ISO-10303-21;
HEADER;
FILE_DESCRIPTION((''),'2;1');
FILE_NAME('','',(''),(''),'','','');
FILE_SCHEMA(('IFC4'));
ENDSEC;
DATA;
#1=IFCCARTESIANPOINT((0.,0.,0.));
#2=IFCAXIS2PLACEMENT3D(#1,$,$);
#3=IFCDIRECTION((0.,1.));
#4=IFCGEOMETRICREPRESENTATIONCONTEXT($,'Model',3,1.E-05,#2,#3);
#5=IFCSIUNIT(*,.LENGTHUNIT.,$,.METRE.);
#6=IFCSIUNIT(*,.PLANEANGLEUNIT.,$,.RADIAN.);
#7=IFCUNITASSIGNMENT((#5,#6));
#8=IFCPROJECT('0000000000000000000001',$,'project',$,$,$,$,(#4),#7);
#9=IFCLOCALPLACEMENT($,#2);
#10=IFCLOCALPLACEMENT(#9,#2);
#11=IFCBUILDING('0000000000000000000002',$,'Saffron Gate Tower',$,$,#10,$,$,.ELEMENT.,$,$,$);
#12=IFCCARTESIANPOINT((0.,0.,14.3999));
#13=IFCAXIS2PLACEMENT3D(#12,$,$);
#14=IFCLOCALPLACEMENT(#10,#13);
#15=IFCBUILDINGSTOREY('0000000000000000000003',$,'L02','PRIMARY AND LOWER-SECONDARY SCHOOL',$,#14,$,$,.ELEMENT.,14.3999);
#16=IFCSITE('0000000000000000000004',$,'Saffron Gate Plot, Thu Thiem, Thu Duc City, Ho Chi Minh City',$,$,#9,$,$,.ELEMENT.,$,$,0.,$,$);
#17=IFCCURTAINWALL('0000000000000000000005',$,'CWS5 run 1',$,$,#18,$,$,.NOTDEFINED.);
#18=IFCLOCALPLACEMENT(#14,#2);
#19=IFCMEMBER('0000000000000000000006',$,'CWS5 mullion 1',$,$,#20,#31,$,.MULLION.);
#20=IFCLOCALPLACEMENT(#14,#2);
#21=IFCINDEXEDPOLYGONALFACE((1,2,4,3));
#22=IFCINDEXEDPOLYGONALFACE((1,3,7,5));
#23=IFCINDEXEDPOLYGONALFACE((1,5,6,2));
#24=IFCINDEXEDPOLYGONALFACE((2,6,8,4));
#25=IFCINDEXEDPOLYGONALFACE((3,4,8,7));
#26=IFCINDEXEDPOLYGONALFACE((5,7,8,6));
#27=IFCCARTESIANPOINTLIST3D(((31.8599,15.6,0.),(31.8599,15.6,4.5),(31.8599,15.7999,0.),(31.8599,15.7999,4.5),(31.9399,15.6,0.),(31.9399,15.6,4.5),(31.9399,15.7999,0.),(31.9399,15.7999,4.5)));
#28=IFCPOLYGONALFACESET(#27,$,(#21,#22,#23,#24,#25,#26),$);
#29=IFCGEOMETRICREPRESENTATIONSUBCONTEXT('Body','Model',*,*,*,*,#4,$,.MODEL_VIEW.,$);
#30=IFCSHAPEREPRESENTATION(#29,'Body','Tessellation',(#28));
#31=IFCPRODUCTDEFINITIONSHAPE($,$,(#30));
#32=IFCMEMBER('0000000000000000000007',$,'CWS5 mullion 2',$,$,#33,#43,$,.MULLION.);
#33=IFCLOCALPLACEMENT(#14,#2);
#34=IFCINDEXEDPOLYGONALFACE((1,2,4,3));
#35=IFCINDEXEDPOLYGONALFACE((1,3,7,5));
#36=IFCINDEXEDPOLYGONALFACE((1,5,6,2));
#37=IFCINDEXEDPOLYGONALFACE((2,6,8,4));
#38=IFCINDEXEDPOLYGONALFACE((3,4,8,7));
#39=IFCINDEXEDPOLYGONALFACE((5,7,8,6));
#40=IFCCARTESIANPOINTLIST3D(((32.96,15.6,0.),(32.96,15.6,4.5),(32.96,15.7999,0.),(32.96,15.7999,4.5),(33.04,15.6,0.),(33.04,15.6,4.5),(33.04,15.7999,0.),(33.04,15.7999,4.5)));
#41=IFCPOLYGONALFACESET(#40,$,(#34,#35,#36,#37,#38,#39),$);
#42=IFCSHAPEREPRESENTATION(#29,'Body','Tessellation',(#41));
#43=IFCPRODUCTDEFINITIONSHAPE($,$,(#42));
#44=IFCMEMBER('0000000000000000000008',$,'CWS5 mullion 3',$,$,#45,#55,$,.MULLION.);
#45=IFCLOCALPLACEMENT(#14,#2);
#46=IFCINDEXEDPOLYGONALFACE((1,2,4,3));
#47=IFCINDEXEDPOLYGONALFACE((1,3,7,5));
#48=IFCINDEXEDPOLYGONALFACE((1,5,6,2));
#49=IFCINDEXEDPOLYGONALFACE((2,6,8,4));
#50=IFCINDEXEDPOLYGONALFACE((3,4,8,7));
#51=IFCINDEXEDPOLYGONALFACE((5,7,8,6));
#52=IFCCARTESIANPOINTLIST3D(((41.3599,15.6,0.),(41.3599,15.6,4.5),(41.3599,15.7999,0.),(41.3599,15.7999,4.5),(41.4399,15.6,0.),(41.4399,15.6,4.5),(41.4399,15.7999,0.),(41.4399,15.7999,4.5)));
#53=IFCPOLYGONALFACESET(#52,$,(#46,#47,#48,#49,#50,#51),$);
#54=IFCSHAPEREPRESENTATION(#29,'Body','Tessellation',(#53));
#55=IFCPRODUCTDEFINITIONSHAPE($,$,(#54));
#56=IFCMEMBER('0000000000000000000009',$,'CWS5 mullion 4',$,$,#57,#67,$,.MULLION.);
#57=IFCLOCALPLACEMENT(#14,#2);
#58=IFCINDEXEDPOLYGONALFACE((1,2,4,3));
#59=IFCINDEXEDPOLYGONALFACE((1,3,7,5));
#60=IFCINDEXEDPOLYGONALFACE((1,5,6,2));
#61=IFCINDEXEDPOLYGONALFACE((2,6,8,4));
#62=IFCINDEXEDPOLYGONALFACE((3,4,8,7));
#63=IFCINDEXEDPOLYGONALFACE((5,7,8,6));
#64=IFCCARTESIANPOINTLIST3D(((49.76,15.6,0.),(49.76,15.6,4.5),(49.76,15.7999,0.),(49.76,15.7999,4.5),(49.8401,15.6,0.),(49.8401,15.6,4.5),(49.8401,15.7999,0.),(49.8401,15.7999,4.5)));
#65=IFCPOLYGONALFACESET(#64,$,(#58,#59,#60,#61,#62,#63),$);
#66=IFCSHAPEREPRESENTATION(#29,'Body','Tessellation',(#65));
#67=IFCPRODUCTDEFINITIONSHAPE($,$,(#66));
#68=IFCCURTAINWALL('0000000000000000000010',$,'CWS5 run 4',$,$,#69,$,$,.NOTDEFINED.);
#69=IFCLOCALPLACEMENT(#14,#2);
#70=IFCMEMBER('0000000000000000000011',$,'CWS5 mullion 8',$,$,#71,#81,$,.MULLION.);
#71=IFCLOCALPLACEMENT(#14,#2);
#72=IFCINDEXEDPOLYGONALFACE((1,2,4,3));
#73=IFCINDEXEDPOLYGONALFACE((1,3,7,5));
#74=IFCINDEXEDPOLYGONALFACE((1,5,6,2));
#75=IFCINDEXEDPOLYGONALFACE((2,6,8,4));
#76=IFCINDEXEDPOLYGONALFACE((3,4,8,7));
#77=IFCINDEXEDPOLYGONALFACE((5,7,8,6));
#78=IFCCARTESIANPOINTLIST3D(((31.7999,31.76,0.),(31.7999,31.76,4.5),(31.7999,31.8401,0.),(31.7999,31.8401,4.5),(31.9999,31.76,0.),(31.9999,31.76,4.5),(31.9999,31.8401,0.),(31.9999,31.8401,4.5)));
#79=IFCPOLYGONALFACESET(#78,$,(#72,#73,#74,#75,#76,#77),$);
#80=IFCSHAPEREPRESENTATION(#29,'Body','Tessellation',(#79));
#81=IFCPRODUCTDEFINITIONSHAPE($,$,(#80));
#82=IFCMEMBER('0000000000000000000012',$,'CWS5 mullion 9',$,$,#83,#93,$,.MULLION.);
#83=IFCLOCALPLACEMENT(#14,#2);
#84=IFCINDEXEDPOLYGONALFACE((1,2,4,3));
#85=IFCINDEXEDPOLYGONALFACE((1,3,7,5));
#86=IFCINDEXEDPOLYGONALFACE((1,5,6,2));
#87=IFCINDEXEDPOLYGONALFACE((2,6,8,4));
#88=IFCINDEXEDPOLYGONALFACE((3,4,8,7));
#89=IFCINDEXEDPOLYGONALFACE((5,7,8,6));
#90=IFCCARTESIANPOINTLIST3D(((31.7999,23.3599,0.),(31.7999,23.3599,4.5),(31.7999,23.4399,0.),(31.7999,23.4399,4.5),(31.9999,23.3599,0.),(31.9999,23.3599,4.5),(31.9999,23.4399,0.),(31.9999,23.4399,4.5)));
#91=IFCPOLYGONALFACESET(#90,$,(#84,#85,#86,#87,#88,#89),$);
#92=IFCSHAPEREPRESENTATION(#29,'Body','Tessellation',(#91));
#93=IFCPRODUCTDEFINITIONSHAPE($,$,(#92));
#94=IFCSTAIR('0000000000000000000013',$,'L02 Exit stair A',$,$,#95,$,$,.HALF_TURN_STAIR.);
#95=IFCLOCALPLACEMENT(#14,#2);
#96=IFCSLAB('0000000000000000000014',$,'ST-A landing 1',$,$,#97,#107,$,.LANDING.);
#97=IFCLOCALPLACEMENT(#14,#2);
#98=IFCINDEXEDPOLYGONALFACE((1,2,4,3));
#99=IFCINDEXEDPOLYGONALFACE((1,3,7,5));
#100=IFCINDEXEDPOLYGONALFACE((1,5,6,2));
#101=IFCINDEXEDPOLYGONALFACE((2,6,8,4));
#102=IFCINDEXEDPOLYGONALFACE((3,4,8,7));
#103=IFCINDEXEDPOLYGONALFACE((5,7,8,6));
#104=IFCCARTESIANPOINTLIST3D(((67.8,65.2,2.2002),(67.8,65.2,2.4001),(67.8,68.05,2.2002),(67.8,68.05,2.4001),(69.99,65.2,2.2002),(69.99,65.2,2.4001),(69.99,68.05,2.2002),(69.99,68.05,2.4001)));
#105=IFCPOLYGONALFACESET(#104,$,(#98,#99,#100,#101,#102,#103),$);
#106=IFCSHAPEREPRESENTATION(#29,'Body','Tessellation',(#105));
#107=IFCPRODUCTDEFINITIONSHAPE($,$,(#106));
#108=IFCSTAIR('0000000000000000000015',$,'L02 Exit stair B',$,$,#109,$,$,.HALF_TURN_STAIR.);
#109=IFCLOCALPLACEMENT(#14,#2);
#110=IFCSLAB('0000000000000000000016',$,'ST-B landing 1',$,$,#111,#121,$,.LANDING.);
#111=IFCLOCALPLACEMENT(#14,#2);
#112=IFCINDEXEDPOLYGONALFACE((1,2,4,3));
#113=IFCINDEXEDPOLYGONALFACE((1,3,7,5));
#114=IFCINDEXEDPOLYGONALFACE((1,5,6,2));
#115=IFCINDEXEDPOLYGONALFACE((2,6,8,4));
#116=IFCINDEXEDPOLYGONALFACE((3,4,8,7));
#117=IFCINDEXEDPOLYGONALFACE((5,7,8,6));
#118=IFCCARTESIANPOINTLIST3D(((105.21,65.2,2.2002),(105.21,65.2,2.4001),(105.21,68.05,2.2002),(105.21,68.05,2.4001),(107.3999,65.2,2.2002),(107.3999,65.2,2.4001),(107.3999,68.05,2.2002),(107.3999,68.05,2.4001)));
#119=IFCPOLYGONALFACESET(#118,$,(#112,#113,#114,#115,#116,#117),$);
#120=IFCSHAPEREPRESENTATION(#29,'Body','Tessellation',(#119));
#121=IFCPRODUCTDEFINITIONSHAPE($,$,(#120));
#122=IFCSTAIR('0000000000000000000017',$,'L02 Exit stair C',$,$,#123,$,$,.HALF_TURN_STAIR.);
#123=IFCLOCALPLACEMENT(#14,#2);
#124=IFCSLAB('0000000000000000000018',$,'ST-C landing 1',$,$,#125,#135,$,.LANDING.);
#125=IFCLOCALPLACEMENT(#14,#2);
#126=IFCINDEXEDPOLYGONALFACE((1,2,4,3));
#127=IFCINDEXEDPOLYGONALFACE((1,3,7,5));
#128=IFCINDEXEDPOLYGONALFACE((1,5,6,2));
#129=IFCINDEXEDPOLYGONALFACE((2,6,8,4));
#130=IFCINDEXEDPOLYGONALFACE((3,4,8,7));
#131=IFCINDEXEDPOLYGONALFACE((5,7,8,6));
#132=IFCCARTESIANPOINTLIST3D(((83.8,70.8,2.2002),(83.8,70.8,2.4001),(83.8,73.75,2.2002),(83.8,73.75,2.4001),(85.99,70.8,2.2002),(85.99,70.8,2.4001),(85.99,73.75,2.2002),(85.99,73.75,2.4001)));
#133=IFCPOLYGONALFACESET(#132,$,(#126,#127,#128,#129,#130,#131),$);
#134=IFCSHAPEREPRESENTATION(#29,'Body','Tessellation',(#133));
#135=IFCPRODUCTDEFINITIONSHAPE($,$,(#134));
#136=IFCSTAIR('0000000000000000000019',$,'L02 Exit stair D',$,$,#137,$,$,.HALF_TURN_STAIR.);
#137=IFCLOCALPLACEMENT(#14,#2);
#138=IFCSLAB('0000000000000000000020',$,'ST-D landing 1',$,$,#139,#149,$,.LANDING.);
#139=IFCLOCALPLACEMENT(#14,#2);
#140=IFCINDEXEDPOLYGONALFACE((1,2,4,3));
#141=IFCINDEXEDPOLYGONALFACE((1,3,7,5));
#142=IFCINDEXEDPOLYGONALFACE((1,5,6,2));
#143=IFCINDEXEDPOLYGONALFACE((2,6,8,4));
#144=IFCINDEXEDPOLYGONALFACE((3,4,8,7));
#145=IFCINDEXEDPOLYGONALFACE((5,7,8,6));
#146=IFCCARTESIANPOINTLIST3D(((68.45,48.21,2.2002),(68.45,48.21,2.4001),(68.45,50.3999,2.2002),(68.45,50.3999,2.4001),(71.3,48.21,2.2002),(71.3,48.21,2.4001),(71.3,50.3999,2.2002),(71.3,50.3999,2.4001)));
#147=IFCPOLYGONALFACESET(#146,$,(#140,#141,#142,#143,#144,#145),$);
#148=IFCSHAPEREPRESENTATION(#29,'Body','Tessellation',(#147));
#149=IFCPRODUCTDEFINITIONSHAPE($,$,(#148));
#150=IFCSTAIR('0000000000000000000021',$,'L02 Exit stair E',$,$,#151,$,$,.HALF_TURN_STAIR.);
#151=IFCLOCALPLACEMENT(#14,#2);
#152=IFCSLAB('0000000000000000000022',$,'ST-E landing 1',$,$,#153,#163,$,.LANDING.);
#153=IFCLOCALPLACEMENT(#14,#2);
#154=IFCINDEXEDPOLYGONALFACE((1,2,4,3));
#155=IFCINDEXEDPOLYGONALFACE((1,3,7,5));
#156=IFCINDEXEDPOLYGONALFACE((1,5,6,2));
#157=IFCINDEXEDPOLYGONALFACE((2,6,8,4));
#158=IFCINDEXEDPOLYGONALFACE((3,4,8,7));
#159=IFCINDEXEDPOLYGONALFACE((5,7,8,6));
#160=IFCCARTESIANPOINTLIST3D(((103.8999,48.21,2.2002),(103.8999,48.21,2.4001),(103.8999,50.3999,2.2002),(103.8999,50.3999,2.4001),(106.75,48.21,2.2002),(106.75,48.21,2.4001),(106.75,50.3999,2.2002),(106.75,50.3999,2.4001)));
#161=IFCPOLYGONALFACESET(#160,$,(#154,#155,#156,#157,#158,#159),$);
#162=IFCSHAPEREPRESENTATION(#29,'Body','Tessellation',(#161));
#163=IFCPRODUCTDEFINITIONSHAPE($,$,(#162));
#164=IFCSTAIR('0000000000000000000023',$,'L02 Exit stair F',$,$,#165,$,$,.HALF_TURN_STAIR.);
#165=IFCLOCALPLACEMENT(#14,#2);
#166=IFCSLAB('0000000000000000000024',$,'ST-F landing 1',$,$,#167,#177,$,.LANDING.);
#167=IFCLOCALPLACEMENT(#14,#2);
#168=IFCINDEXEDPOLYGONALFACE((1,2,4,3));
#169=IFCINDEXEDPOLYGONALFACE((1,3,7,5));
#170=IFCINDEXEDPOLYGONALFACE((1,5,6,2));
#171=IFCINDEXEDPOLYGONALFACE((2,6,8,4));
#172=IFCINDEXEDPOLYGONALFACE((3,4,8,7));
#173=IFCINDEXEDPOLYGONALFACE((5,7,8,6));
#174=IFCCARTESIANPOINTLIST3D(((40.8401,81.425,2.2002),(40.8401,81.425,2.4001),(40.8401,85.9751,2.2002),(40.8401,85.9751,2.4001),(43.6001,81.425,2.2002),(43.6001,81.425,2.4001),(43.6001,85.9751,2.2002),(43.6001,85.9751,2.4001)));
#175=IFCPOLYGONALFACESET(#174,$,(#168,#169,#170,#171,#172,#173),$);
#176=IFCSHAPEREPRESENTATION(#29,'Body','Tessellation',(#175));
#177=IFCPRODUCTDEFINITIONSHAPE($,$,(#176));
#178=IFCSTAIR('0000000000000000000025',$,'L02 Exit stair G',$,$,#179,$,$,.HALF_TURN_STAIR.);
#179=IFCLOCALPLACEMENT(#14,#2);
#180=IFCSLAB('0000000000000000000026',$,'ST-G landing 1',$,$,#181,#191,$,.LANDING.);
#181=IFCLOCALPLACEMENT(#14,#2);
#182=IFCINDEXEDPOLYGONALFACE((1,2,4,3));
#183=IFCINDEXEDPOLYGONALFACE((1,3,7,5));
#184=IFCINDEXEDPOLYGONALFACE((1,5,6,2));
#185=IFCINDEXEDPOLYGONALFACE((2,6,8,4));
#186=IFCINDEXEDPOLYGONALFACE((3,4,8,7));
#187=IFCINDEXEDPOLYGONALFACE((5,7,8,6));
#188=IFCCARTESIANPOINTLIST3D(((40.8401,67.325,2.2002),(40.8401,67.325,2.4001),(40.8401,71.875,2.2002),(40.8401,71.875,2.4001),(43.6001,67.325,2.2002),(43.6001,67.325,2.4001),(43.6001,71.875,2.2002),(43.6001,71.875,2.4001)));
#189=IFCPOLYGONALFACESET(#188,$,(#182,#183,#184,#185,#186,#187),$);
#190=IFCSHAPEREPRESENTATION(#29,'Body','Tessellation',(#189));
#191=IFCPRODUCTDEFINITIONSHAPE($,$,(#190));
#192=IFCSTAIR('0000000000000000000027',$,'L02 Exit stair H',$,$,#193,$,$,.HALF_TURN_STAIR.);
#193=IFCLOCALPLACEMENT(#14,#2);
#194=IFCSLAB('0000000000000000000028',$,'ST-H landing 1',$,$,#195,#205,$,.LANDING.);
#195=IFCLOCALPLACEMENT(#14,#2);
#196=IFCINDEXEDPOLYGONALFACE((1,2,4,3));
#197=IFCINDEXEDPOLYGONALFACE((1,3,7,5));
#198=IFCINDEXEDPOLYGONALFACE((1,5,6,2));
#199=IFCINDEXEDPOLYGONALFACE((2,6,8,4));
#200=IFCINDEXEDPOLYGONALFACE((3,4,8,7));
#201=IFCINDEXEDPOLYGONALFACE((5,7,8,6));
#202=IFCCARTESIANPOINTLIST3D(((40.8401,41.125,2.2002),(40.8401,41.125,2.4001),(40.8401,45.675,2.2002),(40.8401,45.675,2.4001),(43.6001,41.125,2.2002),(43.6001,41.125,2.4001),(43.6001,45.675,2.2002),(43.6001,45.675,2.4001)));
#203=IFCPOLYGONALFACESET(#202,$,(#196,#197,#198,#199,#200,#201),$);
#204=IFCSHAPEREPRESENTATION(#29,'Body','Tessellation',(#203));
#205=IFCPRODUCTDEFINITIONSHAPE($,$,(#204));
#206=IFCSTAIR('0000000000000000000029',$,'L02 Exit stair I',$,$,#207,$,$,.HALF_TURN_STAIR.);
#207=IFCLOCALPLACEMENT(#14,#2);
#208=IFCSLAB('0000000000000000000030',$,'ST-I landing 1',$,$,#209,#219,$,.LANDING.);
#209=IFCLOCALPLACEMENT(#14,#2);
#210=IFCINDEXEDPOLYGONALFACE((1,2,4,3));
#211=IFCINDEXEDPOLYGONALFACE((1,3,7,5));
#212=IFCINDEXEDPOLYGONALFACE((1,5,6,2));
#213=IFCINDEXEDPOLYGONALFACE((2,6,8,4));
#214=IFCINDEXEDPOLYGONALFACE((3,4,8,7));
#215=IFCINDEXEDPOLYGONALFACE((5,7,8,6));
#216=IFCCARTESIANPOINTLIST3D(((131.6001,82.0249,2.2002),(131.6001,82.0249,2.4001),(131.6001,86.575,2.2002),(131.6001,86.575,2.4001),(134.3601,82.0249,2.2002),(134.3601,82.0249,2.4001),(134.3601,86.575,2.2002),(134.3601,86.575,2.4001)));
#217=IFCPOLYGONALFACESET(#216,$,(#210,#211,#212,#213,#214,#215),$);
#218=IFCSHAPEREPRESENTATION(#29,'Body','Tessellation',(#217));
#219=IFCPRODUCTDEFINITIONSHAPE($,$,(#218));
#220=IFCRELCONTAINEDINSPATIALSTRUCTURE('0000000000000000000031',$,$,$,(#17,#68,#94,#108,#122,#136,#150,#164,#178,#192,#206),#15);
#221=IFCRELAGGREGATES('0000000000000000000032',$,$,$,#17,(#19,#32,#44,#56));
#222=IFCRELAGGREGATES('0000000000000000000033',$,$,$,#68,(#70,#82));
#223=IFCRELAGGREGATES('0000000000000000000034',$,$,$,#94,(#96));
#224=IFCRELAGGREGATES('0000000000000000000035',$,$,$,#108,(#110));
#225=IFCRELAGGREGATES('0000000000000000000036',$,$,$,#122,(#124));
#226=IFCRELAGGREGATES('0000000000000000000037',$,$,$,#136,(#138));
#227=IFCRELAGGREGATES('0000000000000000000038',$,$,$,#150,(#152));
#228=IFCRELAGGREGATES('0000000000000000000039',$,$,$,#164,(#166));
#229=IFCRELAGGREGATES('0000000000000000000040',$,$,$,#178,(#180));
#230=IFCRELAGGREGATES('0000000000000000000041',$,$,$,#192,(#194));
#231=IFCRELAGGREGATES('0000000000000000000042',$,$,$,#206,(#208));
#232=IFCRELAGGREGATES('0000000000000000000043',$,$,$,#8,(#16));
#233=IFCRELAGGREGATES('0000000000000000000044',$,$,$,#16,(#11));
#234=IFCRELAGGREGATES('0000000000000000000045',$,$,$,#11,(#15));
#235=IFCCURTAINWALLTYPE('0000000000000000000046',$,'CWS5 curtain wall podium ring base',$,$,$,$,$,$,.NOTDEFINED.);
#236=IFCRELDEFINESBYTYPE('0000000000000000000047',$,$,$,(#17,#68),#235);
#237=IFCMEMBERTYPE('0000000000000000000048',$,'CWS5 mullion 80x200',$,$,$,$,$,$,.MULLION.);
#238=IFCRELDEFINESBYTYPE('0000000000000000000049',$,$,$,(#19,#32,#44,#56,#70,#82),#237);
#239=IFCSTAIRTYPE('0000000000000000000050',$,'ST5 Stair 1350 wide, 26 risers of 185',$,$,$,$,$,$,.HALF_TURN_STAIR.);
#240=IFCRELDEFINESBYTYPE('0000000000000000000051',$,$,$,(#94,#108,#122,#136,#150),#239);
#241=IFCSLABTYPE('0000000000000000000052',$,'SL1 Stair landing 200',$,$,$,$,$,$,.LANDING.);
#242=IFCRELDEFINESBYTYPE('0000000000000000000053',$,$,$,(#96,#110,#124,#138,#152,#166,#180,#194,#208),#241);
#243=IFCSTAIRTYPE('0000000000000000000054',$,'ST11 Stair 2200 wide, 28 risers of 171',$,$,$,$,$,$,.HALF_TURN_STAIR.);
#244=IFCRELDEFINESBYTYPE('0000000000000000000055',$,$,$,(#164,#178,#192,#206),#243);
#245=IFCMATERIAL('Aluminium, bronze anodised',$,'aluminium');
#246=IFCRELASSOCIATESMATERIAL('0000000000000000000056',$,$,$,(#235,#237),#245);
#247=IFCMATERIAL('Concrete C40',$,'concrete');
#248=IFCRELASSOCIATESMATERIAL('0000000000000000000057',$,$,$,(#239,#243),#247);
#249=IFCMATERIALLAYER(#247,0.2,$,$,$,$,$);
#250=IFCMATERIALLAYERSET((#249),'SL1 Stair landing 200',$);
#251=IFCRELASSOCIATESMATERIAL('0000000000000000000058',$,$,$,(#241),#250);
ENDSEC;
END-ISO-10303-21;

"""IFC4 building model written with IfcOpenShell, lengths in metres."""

from ifc_helpers import new_model, si_unit, direction, frame, origin, origin_2d, place, context, subcontext, project, spatial, polyline, rectangle, outline, extrude, material, layer, layer_set, material_profile, profile_set, type_object, element, aggregate, save


model = new_model("IFC4")

# Units and contexts
model_context = context("Model", 3, precision=1e-05, world=origin(), true_north=direction((0.0, 1.0)))
body_context = subcontext(model_context, "Body", "Model", "MODEL_VIEW")
ifc_project = project(units=[si_unit("LENGTHUNIT", "METRE"), si_unit("PLANEANGLEUNIT", "RADIAN")], contexts=[model_context])

# Site, building, storey
site_placement = place(None, origin())
site = spatial("IfcSite", under=ifc_project, at=site_placement, Name="Saffron Gate Plot, Thu Thiem, Thu Duc City, Ho Chi Minh City", CompositionType="ELEMENT", RefElevation=0.0)
building_placement = place(site_placement, origin())
building = spatial("IfcBuilding", under=site, at=building_placement, Name="Saffron Gate Tower", CompositionType="ELEMENT")
storey_placement = place(building_placement, frame((0.0, 0.0, 14.3999)))
storey = spatial("IfcBuildingStorey", under=building, at=storey_placement, Name="L02", Description="PRIMARY AND LOWER-SECONDARY SCHOOL", CompositionType="ELEMENT", Elevation=14.3999)

# Curtain walls, members
ifc_material_1 = material(Name="Aluminium, bronze anodised", Category="aluminium")
curtain_wall_type = type_object("IfcCurtainWallType", Name="CWS5 curtain wall podium ring base", PredefinedType="NOTDEFINED", material=ifc_material_1)
curtain_wall_1_placement = place(storey_placement, origin())
curtain_wall_1 = element("IfcCurtainWall", 1, at=curtain_wall_1_placement, inside=storey, type_object=curtain_wall_type, Name="CWS5 run 1", PredefinedType="NOTDEFINED")
ifc_material_profile_1 = material_profile(ifc_material_1, rectangle(XDim=0.2, YDim=0.0801, at=origin_2d()))
ifc_profile_set_1 = profile_set([ifc_material_profile_1], Name="Aluminium, bronze anodised")
member_type_1 = type_object("IfcMemberType", Name="CWS5 mullion 80x200", PredefinedType="MULLION", material=ifc_profile_set_1)
member_1_placement = place(storey_placement, frame((31.8999, 15.7, 0.0), z_axis=(0.0, 0.0, 1.0), x_axis=(0.0, 1.0, 0.0)))
member_1 = element("IfcMember", 2, at=member_1_placement, type_object=member_type_1, Name="CWS5 mullion 1", PredefinedType="MULLION", context=body_context, shape_type="SweptSolid", body=[
    extrude(rectangle(XDim=0.2, YDim=0.0801, at=origin_2d()), origin(), (0.0, 0.0, 1.0), 4.5),
])
member_2_placement = place(storey_placement, frame((33.0, 15.7, 0.0), z_axis=(0.0, 0.0, 1.0), x_axis=(0.0, 1.0, 0.0)))
member_2 = element("IfcMember", 3, at=member_2_placement, type_object=member_type_1, Name="CWS5 mullion 2", PredefinedType="MULLION", context=body_context, shape_type="SweptSolid", body=[
    extrude(rectangle(XDim=0.2, YDim=0.0801, at=origin_2d()), origin(), (0.0, 0.0, 1.0), 4.5),
])
member_3_placement = place(storey_placement, frame((41.3999, 15.7, 0.0), z_axis=(0.0, 0.0, 1.0), x_axis=(0.0, 1.0, 0.0)))
member_3 = element("IfcMember", 4, at=member_3_placement, type_object=member_type_1, Name="CWS5 mullion 3", PredefinedType="MULLION", context=body_context, shape_type="SweptSolid", body=[
    extrude(rectangle(XDim=0.2, YDim=0.0801, at=origin_2d()), origin(), (0.0, 0.0, 1.0), 4.5),
])
member_4_placement = place(storey_placement, frame((49.8, 15.7, 0.0), z_axis=(0.0, 0.0, 1.0), x_axis=(0.0, 1.0, 0.0)))
member_4 = element("IfcMember", 5, at=member_4_placement, type_object=member_type_1, Name="CWS5 mullion 4", PredefinedType="MULLION", context=body_context, shape_type="SweptSolid", body=[
    extrude(rectangle(XDim=0.2, YDim=0.0801, at=origin_2d()), origin(), (0.0, 0.0, 1.0), 4.5),
])
aggregate(curtain_wall_1, [member_1, member_2, member_3, member_4])
curtain_wall_2_placement = place(storey_placement, origin())
curtain_wall_2 = element("IfcCurtainWall", 6, at=curtain_wall_2_placement, inside=storey, type_object=curtain_wall_type, Name="CWS5 run 4", PredefinedType="NOTDEFINED")
member_5_placement = place(storey_placement, frame((31.8999, 31.8, 0.0), z_axis=(0.0, 0.0, 1.0), x_axis=(1.0, 0.0, 0.0)))
member_5 = element("IfcMember", 7, at=member_5_placement, type_object=member_type_1, Name="CWS5 mullion 8", PredefinedType="MULLION", context=body_context, shape_type="SweptSolid", body=[
    extrude(rectangle(XDim=0.2, YDim=0.0801, at=origin_2d()), origin(), (0.0, 0.0, 1.0), 4.5),
])
member_6_placement = place(storey_placement, frame((31.8999, 23.3999, 0.0), z_axis=(0.0, 0.0, 1.0), x_axis=(1.0, 0.0, 0.0)))
member_6 = element("IfcMember", 8, at=member_6_placement, type_object=member_type_1, Name="CWS5 mullion 9", PredefinedType="MULLION", context=body_context, shape_type="SweptSolid", body=[
    extrude(rectangle(XDim=0.2, YDim=0.0801, at=origin_2d()), origin(), (0.0, 0.0, 1.0), 4.5),
])
aggregate(curtain_wall_2, [member_5, member_6])

# Shared definitions
ifc_material_2 = material(Name="Concrete C40", Category="concrete")

# Stairs, slabs
stair_type_1 = type_object("IfcStairType", Name="ST5 Stair 1350 wide, 26 risers of 185", PredefinedType="HALF_TURN_STAIR", material=ifc_material_2)
stair_1_placement = place(storey_placement, origin())
stair_1 = element("IfcStair", 9, at=stair_1_placement, inside=storey, type_object=stair_type_1, Name="L02 Exit stair A", PredefinedType="HALF_TURN_STAIR")
ifc_layer_1 = layer(ifc_material_2, 0.2)
ifc_layer_set_1 = layer_set([ifc_layer_1], Name="SL1 Stair landing 200")
slab_type_1 = type_object("IfcSlabType", Name="SL1 Stair landing 200", PredefinedType="LANDING", material=ifc_layer_set_1)
slab_1_placement = place(storey_placement, frame((0.0, 0.0, 2.2002)))
slab_1 = element("IfcSlab", 10, at=slab_1_placement, type_object=slab_type_1, Name="ST-A landing 1", PredefinedType="LANDING", context=body_context, shape_type="SweptSolid", body=[
    extrude(outline(polyline([(69.99, 68.05), (67.8, 68.05), (67.8, 65.2), (69.99, 65.2), (69.99, 68.05)])), origin(), (0.0, 0.0, 1.0), 0.2),
])
aggregate(stair_1, [slab_1])
stair_2_placement = place(storey_placement, origin())
stair_2 = element("IfcStair", 11, at=stair_2_placement, inside=storey, type_object=stair_type_1, Name="L02 Exit stair B", PredefinedType="HALF_TURN_STAIR")
slab_2_placement = place(storey_placement, frame((0.0, 0.0, 2.2002)))
slab_2 = element("IfcSlab", 12, at=slab_2_placement, type_object=slab_type_1, Name="ST-B landing 1", PredefinedType="LANDING", context=body_context, shape_type="SweptSolid", body=[
    extrude(outline(polyline([(105.21, 65.2), (107.3999, 65.2), (107.3999, 68.05), (105.21, 68.05), (105.21, 65.2)])), origin(), (0.0, 0.0, 1.0), 0.2),
])
aggregate(stair_2, [slab_2])
stair_3_placement = place(storey_placement, origin())
stair_3 = element("IfcStair", 13, at=stair_3_placement, inside=storey, type_object=stair_type_1, Name="L02 Exit stair C", PredefinedType="HALF_TURN_STAIR")
slab_3_placement = place(storey_placement, frame((0.0, 0.0, 2.2002)))
slab_3 = element("IfcSlab", 14, at=slab_3_placement, type_object=slab_type_1, Name="ST-C landing 1", PredefinedType="LANDING", context=body_context, shape_type="SweptSolid", body=[
    extrude(outline(polyline([(85.99, 73.75), (83.8, 73.75), (83.8, 70.8), (85.99, 70.8), (85.99, 73.75)])), origin(), (0.0, 0.0, 1.0), 0.2),
])
aggregate(stair_3, [slab_3])
stair_4_placement = place(storey_placement, origin())
stair_4 = element("IfcStair", 15, at=stair_4_placement, inside=storey, type_object=stair_type_1, Name="L02 Exit stair D", PredefinedType="HALF_TURN_STAIR")
slab_4_placement = place(storey_placement, frame((0.0, 0.0, 2.2002)))
slab_4 = element("IfcSlab", 16, at=slab_4_placement, type_object=slab_type_1, Name="ST-D landing 1", PredefinedType="LANDING", context=body_context, shape_type="SweptSolid", body=[
    extrude(outline(polyline([(71.3, 48.21), (71.3, 50.3999), (68.45, 50.3999), (68.45, 48.21), (71.3, 48.21)])), origin(), (0.0, 0.0, 1.0), 0.2),
])
aggregate(stair_4, [slab_4])
stair_5_placement = place(storey_placement, origin())
stair_5 = element("IfcStair", 17, at=stair_5_placement, inside=storey, type_object=stair_type_1, Name="L02 Exit stair E", PredefinedType="HALF_TURN_STAIR")
slab_5_placement = place(storey_placement, frame((0.0, 0.0, 2.2002)))
slab_5 = element("IfcSlab", 18, at=slab_5_placement, type_object=slab_type_1, Name="ST-E landing 1", PredefinedType="LANDING", context=body_context, shape_type="SweptSolid", body=[
    extrude(outline(polyline([(106.75, 48.21), (106.75, 50.3999), (103.8999, 50.3999), (103.8999, 48.21), (106.75, 48.21)])), origin(), (0.0, 0.0, 1.0), 0.2),
])
aggregate(stair_5, [slab_5])
stair_type_2 = type_object("IfcStairType", Name="ST11 Stair 2200 wide, 28 risers of 171", PredefinedType="HALF_TURN_STAIR", material=ifc_material_2)
stair_6_placement = place(storey_placement, origin())
stair_6 = element("IfcStair", 19, at=stair_6_placement, inside=storey, type_object=stair_type_2, Name="L02 Exit stair F", PredefinedType="HALF_TURN_STAIR")
slab_6_placement = place(storey_placement, frame((0.0, 0.0, 2.2002)))
slab_6 = element("IfcSlab", 20, at=slab_6_placement, type_object=slab_type_1, Name="ST-F landing 1", PredefinedType="LANDING", context=body_context, shape_type="SweptSolid", body=[
    extrude(outline(polyline([(40.8401, 81.425), (43.6001, 81.425), (43.6001, 85.9751), (40.8401, 85.9751), (40.8401, 81.425)])), origin(), (0.0, 0.0, 1.0), 0.2),
])
aggregate(stair_6, [slab_6])
stair_7_placement = place(storey_placement, origin())
stair_7 = element("IfcStair", 21, at=stair_7_placement, inside=storey, type_object=stair_type_2, Name="L02 Exit stair G", PredefinedType="HALF_TURN_STAIR")
slab_7_placement = place(storey_placement, frame((0.0, 0.0, 2.2002)))
slab_7 = element("IfcSlab", 22, at=slab_7_placement, type_object=slab_type_1, Name="ST-G landing 1", PredefinedType="LANDING", context=body_context, shape_type="SweptSolid", body=[
    extrude(outline(polyline([(40.8401, 67.325), (43.6001, 67.325), (43.6001, 71.875), (40.8401, 71.875), (40.8401, 67.325)])), origin(), (0.0, 0.0, 1.0), 0.2),
])
aggregate(stair_7, [slab_7])
stair_8_placement = place(storey_placement, origin())
stair_8 = element("IfcStair", 23, at=stair_8_placement, inside=storey, type_object=stair_type_2, Name="L02 Exit stair H", PredefinedType="HALF_TURN_STAIR")
slab_8_placement = place(storey_placement, frame((0.0, 0.0, 2.2002)))
slab_8 = element("IfcSlab", 24, at=slab_8_placement, type_object=slab_type_1, Name="ST-H landing 1", PredefinedType="LANDING", context=body_context, shape_type="SweptSolid", body=[
    extrude(outline(polyline([(40.8401, 41.125), (43.6001, 41.125), (43.6001, 45.675), (40.8401, 45.675), (40.8401, 41.125)])), origin(), (0.0, 0.0, 1.0), 0.2),
])
aggregate(stair_8, [slab_8])
stair_9_placement = place(storey_placement, origin())
stair_9 = element("IfcStair", 25, at=stair_9_placement, inside=storey, type_object=stair_type_2, Name="L02 Exit stair I", PredefinedType="HALF_TURN_STAIR")
slab_9_placement = place(storey_placement, frame((0.0, 0.0, 2.2002)))
slab_9 = element("IfcSlab", 26, at=slab_9_placement, type_object=slab_type_1, Name="ST-I landing 1", PredefinedType="LANDING", context=body_context, shape_type="SweptSolid", body=[
    extrude(outline(polyline([(134.3601, 86.575), (131.6001, 86.575), (131.6001, 82.0249), (134.3601, 82.0249), (134.3601, 86.575)])), origin(), (0.0, 0.0, 1.0), 0.2),
])
aggregate(stair_9, [slab_9])

save(model, "model.ifc")
